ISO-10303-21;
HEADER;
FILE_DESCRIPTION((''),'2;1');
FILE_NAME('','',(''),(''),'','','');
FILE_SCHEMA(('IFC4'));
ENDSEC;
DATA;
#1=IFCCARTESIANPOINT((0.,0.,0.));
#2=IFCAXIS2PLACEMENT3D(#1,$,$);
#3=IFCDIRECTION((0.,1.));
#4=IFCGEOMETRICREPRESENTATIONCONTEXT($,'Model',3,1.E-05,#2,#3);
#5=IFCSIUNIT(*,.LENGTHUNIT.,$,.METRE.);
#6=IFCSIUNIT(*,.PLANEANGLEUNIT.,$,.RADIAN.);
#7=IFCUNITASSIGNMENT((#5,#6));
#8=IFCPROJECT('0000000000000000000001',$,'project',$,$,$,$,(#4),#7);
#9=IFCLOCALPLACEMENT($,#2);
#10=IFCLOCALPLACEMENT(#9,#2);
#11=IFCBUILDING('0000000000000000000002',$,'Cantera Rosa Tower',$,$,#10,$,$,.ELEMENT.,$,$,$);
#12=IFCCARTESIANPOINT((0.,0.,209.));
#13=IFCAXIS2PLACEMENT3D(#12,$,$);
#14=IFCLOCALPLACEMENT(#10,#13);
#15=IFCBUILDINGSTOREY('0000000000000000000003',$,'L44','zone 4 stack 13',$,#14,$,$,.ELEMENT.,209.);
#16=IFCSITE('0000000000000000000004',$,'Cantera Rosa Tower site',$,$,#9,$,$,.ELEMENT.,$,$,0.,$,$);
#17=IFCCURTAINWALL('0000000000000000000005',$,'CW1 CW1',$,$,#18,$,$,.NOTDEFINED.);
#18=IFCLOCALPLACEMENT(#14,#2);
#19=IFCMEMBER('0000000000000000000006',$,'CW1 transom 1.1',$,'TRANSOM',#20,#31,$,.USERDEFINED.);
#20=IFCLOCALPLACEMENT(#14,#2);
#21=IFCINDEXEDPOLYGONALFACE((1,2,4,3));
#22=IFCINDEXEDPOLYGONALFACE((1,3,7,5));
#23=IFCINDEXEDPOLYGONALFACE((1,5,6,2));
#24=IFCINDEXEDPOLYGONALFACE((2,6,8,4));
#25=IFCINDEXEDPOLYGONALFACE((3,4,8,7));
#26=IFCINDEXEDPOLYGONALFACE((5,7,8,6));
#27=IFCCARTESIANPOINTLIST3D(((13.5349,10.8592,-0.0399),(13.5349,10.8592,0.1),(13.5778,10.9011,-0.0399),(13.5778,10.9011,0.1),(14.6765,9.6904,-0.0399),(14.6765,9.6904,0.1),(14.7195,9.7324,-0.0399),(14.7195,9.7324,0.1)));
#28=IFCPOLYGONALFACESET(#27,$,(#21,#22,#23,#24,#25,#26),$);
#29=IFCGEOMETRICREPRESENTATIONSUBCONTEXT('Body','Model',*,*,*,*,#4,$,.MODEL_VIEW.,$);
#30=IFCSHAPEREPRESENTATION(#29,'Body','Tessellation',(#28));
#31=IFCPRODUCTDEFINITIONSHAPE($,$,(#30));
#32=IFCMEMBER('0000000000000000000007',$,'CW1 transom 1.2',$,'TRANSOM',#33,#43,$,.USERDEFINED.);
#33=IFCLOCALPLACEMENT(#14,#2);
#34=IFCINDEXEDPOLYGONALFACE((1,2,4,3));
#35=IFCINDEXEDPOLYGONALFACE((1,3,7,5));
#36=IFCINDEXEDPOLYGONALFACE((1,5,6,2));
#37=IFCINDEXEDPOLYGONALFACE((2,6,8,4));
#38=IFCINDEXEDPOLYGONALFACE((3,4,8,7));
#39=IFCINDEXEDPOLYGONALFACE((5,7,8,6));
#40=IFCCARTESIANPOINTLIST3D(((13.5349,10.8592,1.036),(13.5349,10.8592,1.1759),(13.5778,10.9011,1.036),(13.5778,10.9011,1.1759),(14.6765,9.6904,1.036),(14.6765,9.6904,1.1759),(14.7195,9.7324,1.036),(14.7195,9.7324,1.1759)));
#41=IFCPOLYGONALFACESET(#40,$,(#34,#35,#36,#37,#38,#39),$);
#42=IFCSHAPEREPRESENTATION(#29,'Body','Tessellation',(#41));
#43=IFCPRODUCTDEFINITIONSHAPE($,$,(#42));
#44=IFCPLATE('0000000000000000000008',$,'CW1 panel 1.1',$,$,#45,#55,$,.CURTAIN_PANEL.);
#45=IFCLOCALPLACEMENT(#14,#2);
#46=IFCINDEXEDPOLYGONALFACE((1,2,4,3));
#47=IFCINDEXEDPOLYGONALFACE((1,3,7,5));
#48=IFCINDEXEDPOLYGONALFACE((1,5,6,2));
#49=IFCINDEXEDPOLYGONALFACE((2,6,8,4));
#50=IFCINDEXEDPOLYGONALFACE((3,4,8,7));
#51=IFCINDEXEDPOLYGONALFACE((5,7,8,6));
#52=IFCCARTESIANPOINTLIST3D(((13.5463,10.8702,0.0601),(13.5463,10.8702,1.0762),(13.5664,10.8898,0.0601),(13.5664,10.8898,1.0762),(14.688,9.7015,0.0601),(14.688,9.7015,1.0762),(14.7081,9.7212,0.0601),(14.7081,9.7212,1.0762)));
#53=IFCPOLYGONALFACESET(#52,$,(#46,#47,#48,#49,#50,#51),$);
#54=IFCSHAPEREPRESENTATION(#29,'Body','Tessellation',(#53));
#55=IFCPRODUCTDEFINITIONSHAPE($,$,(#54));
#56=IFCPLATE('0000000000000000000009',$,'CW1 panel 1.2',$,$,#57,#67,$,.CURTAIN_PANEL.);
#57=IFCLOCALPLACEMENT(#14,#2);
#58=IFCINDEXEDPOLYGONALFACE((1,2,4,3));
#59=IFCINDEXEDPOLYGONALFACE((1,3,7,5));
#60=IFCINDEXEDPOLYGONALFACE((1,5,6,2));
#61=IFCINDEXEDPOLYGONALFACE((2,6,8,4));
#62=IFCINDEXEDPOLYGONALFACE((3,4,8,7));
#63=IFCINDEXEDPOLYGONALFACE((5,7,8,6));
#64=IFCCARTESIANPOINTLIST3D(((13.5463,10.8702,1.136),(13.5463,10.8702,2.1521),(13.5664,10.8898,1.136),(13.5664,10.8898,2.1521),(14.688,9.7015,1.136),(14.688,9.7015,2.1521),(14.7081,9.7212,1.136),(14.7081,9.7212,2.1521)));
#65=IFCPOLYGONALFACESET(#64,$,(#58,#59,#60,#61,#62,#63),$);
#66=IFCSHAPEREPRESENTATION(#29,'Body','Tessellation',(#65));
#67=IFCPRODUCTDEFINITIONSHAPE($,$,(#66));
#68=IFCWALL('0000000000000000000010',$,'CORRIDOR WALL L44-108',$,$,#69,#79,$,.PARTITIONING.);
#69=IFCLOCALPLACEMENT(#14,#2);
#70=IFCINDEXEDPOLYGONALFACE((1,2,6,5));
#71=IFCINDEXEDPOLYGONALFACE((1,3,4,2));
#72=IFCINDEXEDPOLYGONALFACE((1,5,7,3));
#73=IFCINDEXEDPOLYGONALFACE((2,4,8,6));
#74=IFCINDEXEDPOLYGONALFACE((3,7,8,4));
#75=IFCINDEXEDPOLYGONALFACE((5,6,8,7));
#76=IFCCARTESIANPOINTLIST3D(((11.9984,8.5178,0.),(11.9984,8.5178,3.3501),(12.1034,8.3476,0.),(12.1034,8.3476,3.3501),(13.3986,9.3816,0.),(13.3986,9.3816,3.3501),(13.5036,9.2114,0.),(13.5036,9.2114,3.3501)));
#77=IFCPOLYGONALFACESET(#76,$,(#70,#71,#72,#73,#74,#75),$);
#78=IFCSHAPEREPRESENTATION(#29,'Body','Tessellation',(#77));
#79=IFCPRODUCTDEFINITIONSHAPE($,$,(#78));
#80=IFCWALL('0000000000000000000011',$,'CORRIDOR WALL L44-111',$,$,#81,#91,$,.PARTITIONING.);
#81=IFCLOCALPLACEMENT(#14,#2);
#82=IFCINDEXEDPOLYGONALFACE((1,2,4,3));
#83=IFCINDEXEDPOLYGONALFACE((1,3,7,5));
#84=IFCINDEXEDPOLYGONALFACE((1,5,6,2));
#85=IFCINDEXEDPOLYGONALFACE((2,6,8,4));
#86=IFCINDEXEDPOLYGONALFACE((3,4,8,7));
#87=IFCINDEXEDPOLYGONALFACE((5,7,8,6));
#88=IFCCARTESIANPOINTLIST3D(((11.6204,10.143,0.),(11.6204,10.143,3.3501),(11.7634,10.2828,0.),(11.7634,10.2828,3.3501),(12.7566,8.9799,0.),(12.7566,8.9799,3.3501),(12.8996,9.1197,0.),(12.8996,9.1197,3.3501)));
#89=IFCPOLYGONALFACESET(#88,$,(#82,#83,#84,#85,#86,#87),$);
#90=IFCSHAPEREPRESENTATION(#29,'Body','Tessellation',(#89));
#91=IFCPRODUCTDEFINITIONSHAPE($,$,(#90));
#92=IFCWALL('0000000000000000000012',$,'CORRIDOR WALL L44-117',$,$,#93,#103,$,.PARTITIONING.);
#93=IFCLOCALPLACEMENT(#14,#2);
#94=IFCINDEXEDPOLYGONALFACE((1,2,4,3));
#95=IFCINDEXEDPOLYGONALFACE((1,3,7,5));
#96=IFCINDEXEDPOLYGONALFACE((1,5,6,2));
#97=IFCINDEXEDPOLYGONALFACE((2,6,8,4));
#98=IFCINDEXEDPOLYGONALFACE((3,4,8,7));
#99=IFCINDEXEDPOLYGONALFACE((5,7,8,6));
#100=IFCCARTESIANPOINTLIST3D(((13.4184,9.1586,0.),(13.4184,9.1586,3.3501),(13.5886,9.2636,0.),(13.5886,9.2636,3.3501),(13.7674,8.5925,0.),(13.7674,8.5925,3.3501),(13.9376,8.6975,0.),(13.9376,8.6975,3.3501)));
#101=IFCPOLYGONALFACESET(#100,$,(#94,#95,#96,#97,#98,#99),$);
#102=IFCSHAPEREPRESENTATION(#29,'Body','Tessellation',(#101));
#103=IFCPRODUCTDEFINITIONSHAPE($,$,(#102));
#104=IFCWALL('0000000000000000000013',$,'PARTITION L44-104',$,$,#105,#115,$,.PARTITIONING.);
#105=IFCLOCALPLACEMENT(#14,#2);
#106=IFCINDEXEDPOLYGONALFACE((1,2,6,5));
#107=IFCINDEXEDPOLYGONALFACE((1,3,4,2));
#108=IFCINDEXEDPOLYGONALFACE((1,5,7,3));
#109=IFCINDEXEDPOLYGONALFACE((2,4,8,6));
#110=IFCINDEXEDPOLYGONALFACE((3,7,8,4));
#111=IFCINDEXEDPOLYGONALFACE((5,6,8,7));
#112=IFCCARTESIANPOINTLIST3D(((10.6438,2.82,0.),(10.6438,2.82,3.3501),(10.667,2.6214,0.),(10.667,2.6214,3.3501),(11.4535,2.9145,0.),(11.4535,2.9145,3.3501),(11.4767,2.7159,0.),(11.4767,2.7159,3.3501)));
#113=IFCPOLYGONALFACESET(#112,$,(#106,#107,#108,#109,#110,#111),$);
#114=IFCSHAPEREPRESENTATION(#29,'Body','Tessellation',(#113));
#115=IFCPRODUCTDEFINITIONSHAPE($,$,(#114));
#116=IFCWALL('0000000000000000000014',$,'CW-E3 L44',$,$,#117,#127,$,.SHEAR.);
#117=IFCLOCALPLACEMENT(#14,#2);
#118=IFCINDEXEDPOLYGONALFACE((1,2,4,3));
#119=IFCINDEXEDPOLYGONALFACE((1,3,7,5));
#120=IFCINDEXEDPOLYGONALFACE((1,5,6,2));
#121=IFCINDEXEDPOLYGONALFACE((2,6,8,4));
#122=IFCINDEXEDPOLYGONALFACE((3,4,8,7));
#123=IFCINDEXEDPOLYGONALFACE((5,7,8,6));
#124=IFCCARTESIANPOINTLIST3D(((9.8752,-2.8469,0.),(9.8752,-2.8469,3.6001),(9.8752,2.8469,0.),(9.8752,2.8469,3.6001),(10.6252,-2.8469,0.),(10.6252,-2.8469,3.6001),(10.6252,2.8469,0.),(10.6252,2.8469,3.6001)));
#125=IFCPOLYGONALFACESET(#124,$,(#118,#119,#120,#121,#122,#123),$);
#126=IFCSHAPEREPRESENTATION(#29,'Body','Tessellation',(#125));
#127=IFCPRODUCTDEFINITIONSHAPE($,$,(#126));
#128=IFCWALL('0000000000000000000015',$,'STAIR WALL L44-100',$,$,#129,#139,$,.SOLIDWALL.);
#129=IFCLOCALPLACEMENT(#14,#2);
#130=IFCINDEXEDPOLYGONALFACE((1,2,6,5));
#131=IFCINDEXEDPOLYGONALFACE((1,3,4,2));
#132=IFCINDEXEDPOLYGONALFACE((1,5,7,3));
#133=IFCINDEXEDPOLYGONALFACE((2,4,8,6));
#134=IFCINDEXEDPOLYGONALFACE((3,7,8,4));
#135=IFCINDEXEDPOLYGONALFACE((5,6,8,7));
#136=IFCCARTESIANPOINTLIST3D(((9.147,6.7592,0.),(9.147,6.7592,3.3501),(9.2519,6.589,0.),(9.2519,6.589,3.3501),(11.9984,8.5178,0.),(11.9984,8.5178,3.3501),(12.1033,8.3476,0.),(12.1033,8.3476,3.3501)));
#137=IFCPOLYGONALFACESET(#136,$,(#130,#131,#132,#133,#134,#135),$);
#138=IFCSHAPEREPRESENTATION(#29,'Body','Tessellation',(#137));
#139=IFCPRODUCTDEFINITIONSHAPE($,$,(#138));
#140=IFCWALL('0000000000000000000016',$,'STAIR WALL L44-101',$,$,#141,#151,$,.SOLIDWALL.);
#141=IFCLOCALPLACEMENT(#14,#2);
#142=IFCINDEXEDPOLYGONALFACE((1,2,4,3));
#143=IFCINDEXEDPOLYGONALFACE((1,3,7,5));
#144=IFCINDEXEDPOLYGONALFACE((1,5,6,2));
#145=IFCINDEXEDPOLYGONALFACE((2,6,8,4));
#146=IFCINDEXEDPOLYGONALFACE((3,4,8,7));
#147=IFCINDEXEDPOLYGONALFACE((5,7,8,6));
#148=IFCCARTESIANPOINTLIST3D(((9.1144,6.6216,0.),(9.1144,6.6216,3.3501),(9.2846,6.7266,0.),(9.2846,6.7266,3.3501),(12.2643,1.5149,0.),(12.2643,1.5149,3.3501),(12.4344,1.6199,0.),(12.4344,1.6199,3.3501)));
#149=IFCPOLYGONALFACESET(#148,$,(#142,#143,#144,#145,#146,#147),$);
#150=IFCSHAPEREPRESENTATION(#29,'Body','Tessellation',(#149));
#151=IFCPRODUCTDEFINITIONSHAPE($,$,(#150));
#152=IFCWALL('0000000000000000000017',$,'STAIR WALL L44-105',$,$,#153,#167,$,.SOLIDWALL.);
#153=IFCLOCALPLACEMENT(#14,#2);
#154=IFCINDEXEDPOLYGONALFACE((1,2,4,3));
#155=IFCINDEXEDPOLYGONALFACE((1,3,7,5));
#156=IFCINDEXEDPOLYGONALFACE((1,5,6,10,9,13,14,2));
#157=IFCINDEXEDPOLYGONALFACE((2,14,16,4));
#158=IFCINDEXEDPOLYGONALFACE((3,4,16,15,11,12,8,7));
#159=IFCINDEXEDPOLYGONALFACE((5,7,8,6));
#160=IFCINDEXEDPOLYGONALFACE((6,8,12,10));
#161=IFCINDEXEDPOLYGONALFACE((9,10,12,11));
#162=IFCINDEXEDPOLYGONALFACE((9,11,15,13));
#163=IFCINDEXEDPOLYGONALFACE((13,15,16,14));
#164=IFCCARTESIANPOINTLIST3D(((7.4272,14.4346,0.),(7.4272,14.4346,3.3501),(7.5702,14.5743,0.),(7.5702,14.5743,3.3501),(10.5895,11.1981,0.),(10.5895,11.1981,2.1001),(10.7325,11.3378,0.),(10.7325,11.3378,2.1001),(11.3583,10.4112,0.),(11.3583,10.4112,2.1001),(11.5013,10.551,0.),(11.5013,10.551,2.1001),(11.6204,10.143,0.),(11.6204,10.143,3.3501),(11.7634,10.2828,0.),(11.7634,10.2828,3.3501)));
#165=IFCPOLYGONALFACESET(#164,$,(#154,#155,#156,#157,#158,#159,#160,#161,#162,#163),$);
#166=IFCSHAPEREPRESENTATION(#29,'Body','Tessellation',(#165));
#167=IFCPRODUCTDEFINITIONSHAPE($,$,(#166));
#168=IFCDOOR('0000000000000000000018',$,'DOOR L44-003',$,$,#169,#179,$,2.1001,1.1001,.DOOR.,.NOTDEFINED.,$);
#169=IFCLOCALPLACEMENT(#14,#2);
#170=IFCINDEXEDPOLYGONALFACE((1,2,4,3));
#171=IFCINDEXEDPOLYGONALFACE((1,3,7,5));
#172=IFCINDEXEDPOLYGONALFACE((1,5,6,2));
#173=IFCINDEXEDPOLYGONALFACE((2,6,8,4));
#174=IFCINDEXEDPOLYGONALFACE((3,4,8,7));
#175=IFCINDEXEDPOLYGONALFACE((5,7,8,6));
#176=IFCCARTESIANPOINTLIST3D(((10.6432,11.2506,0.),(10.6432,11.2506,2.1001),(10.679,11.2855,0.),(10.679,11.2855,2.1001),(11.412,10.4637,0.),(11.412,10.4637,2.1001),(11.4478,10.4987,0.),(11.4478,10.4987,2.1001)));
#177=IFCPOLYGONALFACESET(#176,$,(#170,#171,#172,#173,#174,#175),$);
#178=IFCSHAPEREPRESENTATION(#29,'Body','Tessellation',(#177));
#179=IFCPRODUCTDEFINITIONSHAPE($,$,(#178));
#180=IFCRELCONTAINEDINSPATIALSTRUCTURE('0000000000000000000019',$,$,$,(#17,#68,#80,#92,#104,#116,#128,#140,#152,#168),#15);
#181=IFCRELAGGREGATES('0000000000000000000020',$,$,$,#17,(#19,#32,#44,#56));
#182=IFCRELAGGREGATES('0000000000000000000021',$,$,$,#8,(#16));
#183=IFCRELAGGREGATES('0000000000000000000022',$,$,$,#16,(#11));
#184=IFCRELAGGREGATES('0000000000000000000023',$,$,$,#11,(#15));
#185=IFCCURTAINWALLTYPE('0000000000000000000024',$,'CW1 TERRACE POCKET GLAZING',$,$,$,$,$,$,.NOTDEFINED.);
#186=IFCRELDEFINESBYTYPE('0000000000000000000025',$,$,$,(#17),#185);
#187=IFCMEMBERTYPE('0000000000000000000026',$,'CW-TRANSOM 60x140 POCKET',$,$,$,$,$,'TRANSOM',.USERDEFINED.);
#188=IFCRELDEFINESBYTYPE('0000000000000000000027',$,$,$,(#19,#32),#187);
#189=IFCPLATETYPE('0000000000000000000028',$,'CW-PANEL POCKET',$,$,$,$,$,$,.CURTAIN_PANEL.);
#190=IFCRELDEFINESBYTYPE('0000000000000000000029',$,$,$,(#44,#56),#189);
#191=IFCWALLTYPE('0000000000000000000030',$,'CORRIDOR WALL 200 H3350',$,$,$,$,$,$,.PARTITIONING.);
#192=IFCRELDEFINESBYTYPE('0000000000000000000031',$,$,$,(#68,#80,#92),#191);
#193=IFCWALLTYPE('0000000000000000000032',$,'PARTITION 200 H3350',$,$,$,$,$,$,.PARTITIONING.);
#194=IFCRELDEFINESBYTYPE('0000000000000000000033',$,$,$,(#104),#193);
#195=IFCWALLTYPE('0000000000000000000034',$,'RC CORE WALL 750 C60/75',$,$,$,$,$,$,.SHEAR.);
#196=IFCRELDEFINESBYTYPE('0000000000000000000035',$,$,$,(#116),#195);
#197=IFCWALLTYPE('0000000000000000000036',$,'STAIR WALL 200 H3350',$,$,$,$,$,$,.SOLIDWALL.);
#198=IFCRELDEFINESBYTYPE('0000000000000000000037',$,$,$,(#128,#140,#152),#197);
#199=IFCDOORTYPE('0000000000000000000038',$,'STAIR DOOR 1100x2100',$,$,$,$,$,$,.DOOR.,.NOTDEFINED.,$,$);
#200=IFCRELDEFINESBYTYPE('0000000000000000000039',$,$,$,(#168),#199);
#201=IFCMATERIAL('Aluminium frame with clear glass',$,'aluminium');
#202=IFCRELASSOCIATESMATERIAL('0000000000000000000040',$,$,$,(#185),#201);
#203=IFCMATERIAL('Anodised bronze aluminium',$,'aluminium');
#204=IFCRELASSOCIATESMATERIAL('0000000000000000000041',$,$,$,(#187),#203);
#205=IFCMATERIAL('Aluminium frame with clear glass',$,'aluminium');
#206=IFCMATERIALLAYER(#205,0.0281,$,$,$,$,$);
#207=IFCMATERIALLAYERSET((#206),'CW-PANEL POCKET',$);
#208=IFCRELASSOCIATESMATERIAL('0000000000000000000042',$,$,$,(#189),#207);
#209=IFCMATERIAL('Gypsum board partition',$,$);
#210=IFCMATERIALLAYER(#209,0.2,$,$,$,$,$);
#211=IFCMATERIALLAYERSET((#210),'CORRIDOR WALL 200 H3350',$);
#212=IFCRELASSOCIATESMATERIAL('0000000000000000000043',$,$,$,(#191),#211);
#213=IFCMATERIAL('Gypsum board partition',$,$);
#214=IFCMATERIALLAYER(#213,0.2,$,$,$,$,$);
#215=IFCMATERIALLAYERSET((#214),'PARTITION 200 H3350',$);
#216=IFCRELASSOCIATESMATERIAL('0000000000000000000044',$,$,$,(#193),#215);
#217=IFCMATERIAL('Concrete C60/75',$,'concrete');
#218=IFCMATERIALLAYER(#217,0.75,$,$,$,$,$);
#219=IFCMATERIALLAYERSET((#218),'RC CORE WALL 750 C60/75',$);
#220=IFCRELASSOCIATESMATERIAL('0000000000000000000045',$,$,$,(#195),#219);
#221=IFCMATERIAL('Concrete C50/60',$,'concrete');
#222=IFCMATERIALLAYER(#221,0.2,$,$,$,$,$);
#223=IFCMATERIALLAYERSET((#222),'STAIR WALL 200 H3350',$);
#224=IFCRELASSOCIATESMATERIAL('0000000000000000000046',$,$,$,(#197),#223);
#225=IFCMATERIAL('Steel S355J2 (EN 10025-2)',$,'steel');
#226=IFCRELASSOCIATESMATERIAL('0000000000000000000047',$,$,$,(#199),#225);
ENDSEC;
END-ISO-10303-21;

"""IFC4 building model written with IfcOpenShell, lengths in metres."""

from ifc_helpers import new_model, si_unit, direction, frame, frame_2d, origin, origin_2d, place, context, subcontext, project, spatial, rectangle, extrude, material, layer, layer_set, material_profile, profile_set, type_object, element, fill, aggregate, save


model = new_model("IFC4")

# Units and contexts
model_context = context("Model", 3, precision=1e-05, world=origin(), true_north=direction((0.0, 1.0)))
body_context = subcontext(model_context, "Body", "Model", "MODEL_VIEW")
ifc_project = project(units=[si_unit("LENGTHUNIT", "METRE"), si_unit("PLANEANGLEUNIT", "RADIAN")], contexts=[model_context])

# Site, building, storey
site_placement = place(None, origin())
site = spatial("IfcSite", under=ifc_project, at=site_placement, Name="Cantera Rosa Tower site", CompositionType="ELEMENT", RefElevation=0.0)
building_placement = place(site_placement, origin())
building = spatial("IfcBuilding", under=site, at=building_placement, Name="Cantera Rosa Tower", CompositionType="ELEMENT")
storey_placement = place(building_placement, frame((0.0, 0.0, 209.0)))
storey = spatial("IfcBuildingStorey", under=building, at=storey_placement, Name="L44", Description="zone 4 stack 13", CompositionType="ELEMENT", Elevation=209.0)

# Curtain wall, members, plates
ifc_material_1 = material(Name="Aluminium frame with clear glass", Category="aluminium")
curtain_wall_type = type_object("IfcCurtainWallType", Name="CW1 TERRACE POCKET GLAZING", PredefinedType="NOTDEFINED", material=ifc_material_1)
curtain_wall_placement = place(storey_placement, origin())
curtain_wall = element("IfcCurtainWall", 1, at=curtain_wall_placement, inside=storey, type_object=curtain_wall_type, Name="CW1 CW1", PredefinedType="NOTDEFINED")
ifc_material_2 = material(Name="Anodised bronze aluminium", Category="aluminium")
ifc_material_profile = material_profile(ifc_material_2, rectangle(XDim=0.0601, YDim=0.1399, at=origin_2d()), Name="CW-TRANSOM 60x140 POCKET")
ifc_profile_set = profile_set([ifc_material_profile], Name="Anodised bronze aluminium")
member_type = type_object("IfcMemberType", Name="CW-TRANSOM 60x140 POCKET", ElementType="TRANSOM", PredefinedType="USERDEFINED", material=ifc_profile_set)
member_1_placement = place(storey_placement, frame((14.698, 9.7114, 0.03), z_axis=(-0.698764, 0.715352, 0.0), x_axis=(-0.715352, -0.698764, 0.0)))
member_1 = element("IfcMember", 2, at=member_1_placement, type_object=member_type, Name="CW1 transom 1.1", ObjectType="TRANSOM", PredefinedType="USERDEFINED", context=body_context, shape_type="SweptSolid", body=[
    extrude(rectangle(XDim=0.0601, YDim=0.1399, at=origin_2d()), origin(), (0.0, 0.0, 1.0), 1.6338),
])
member_2_placement = place(storey_placement, frame((14.698, 9.7114, 1.106), z_axis=(-0.698764, 0.715352, 0.0), x_axis=(-0.715352, -0.698764, 0.0)))
member_2 = element("IfcMember", 3, at=member_2_placement, type_object=member_type, Name="CW1 transom 1.2", ObjectType="TRANSOM", PredefinedType="USERDEFINED", context=body_context, shape_type="SweptSolid", body=[
    extrude(rectangle(XDim=0.0601, YDim=0.1399, at=origin_2d()), origin(), (0.0, 0.0, 1.0), 1.6338),
])
ifc_material_3 = material(Name="Aluminium frame with clear glass", Category="aluminium")
ifc_layer_1 = layer(ifc_material_3, 0.0281)
ifc_layer_set_1 = layer_set([ifc_layer_1], Name="CW-PANEL POCKET")
plate_type = type_object("IfcPlateType", Name="CW-PANEL POCKET", PredefinedType="CURTAIN_PANEL", material=ifc_layer_set_1)
plate_1_placement = place(storey_placement, frame((14.1272, 10.2957, 0.0601), z_axis=(0.0, 0.0, 1.0), x_axis=(-0.698832, 0.715286, 0.0)))
plate_1 = element("IfcPlate", 4, at=plate_1_placement, type_object=plate_type, Name="CW1 panel 1.1", PredefinedType="CURTAIN_PANEL", context=body_context, shape_type="SweptSolid", body=[
    extrude(rectangle(XDim=1.6338, YDim=0.0281, at=origin_2d()), origin(), (0.0, 0.0, 1.0), 1.0161),
])
plate_2_placement = place(storey_placement, frame((14.1272, 10.2957, 1.136), z_axis=(0.0, 0.0, 1.0), x_axis=(-0.698832, 0.715286, 0.0)))
plate_2 = element("IfcPlate", 5, at=plate_2_placement, type_object=plate_type, Name="CW1 panel 1.2", PredefinedType="CURTAIN_PANEL", context=body_context, shape_type="SweptSolid", body=[
    extrude(rectangle(XDim=1.6338, YDim=0.0281, at=origin_2d()), origin(), (0.0, 0.0, 1.0), 1.0161),
])
aggregate(curtain_wall, [member_1, member_2, plate_1, plate_2])

# Walls
ifc_material_4 = material(Name="Gypsum board partition")
ifc_layer_2 = layer(ifc_material_4, 0.2)
ifc_layer_set_2 = layer_set([ifc_layer_2], Name="CORRIDOR WALL 200 H3350")
wall_type_1 = type_object("IfcWallType", Name="CORRIDOR WALL 200 H3350", PredefinedType="PARTITIONING", material=ifc_layer_set_2)
wall_1_placement = place(storey_placement, frame((12.0508, 8.4326, 0.0), z_axis=(0.0, 0.0, 1.0), x_axis=(0.851077, 0.525041, 0.0)))
element("IfcWall", 6, at=wall_1_placement, inside=storey, type_object=wall_type_1, Name="CORRIDOR WALL L44-108", PredefinedType="PARTITIONING", context=body_context, shape_type="SweptSolid", body=[
    extrude(rectangle(XDim=1.6453, YDim=0.2, at=frame_2d((0.8228, 0.0))), origin(), (0.0, 0.0, 1.0), 3.3501),
])
wall_2_placement = place(storey_placement, frame((12.8281, 9.0498, 0.0), z_axis=(0.0, 0.0, 1.0), x_axis=(-0.6988, 0.715317, 0.0)))
element("IfcWall", 7, at=wall_2_placement, inside=storey, type_object=wall_type_1, Name="CORRIDOR WALL L44-111", PredefinedType="PARTITIONING", context=body_context, shape_type="SweptSolid", body=[
    extrude(rectangle(XDim=1.626, YDim=0.2, at=frame_2d((0.813, 0.0))), origin(), (0.0, 0.0, 1.0), 3.3501),
])
wall_3_placement = place(storey_placement, frame((13.8525, 8.645, 0.0), z_axis=(0.0, 0.0, 1.0), x_axis=(-0.524875, 0.851179, 0.0)))
element("IfcWall", 8, at=wall_3_placement, inside=storey, type_object=wall_type_1, Name="CORRIDOR WALL L44-117", PredefinedType="PARTITIONING", context=body_context, shape_type="SweptSolid", body=[
    extrude(rectangle(XDim=0.665, YDim=0.2, at=frame_2d((0.3325, 0.0))), origin(), (0.0, 0.0, 1.0), 3.3501),
])
ifc_material_5 = material(Name="Gypsum board partition")
ifc_layer_3 = layer(ifc_material_5, 0.2)
ifc_layer_set_3 = layer_set([ifc_layer_3], Name="PARTITION 200 H3350")
wall_type_2 = type_object("IfcWallType", Name="PARTITION 200 H3350", PredefinedType="PARTITIONING", material=ifc_layer_set_3)
wall_4_placement = place(storey_placement, frame((10.6553, 2.7207, 0.0), z_axis=(0.0, 0.0, 1.0), x_axis=(0.993259, 0.11592, 0.0)))
element("IfcWall", 9, at=wall_4_placement, inside=storey, type_object=wall_type_2, Name="PARTITION L44-104", PredefinedType="PARTITIONING", context=body_context, shape_type="SweptSolid", body=[
    extrude(rectangle(XDim=0.8152, YDim=0.2, at=frame_2d((0.4077, 0.0))), origin(), (0.0, 0.0, 1.0), 3.3501),
])
ifc_material_6 = material(Name="Concrete C60/75", Category="concrete")
ifc_layer_4 = layer(ifc_material_6, 0.75)
ifc_layer_set_4 = layer_set([ifc_layer_4], Name="RC CORE WALL 750 C60/75")
wall_type_3 = type_object("IfcWallType", Name="RC CORE WALL 750 C60/75", PredefinedType="SHEAR", material=ifc_layer_set_4)
wall_5_placement = place(storey_placement, frame((10.2502, 2.8469, 0.0), z_axis=(0.0, 0.0, 1.0), x_axis=(0.0, -1.0, 0.0)))
element("IfcWall", 10, at=wall_5_placement, inside=storey, type_object=wall_type_3, Name="CW-E3 L44", PredefinedType="SHEAR", context=body_context, shape_type="SweptSolid", body=[
    extrude(rectangle(XDim=5.6938, YDim=0.75, at=frame_2d((2.8469, 0.0))), origin(), (0.0, 0.0, 1.0), 3.6001),
])
ifc_material_7 = material(Name="Concrete C50/60", Category="concrete")
ifc_layer_5 = layer(ifc_material_7, 0.2)
ifc_layer_set_5 = layer_set([ifc_layer_5], Name="STAIR WALL 200 H3350")
wall_type_4 = type_object("IfcWallType", Name="STAIR WALL 200 H3350", PredefinedType="SOLIDWALL", material=ifc_layer_set_5)
wall_6_placement = place(storey_placement, frame((9.1995, 6.6741, 0.0), z_axis=(0.0, 0.0, 1.0), x_axis=(0.85114, 0.524939, 0.0)))
element("IfcWall", 11, at=wall_6_placement, inside=storey, type_object=wall_type_4, Name="STAIR WALL L44-100", PredefinedType="SOLIDWALL", context=body_context, shape_type="SweptSolid", body=[
    extrude(rectangle(XDim=3.3501, YDim=0.2, at=frame_2d((1.675, 0.0))), origin(), (0.0, 0.0, 1.0), 3.3501),
])
wall_7_placement = place(storey_placement, frame((9.1995, 6.6741, 0.0), z_axis=(0.0, 0.0, 1.0), x_axis=(0.524983, -0.851113, 0.0)))
element("IfcWall", 12, at=wall_7_placement, inside=storey, type_object=wall_type_4, Name="STAIR WALL L44-101", PredefinedType="SOLIDWALL", context=body_context, shape_type="SweptSolid", body=[
    extrude(rectangle(XDim=6.0, YDim=0.2, at=frame_2d((3.0, 0.0))), origin(), (0.0, 0.0, 1.0), 3.3501),
])

# Wall, opening, door
wall_8_placement = place(storey_placement, frame((11.6919, 10.2129, 0.0), z_axis=(0.0, 0.0, 1.0), x_axis=(-0.69886, 0.715258, 0.0)))
wall_8 = element("IfcWall", 13, at=wall_8_placement, inside=storey, type_object=wall_type_4, Name="STAIR WALL L44-105", PredefinedType="SOLIDWALL", context=body_context, shape_type="SweptSolid", body=[
    extrude(rectangle(XDim=6.0, YDim=0.2, at=frame_2d((3.0, 0.0))), origin(), (0.0, 0.0, 1.0), 3.3501),
])
opening_1_placement = place(wall_8_placement, frame((0.375, 0.0, 0.0)))
opening_1 = element("IfcOpeningElement", 14, at=opening_1_placement, cuts=wall_8, PredefinedType="OPENING", context=body_context, shape_type="SweptSolid", body=[
    extrude(rectangle(XDim=1.1001, YDim=2.1001, at=frame_2d((0.55, 1.05))), frame((0.0, 0.1099, 0.0), z_axis=(0.0, -1.0, 0.0), x_axis=(1.0, 0.0, 0.0)), (0.0, 0.0, 1.0), 0.22),
])
ifc_material_8 = material(Name="Steel S355J2 (EN 10025-2)", Category="steel")
door_type = type_object("IfcDoorType", Name="STAIR DOOR 1100x2100", OperationType="NOTDEFINED", PredefinedType="DOOR", material=ifc_material_8)
door_1_placement = place(opening_1_placement, origin())
door_1 = element("IfcDoor", 15, at=door_1_placement, inside=storey, type_object=door_type, Name="DOOR L44-003", OperationType="NOTDEFINED", OverallHeight=2.1001, OverallWidth=1.1001, PredefinedType="DOOR", context=body_context, shape_type="SweptSolid", body=[
    extrude(rectangle(XDim=1.1001, YDim=2.1001, at=frame_2d((0.55, 1.05))), frame((0.0, 0.0249, 0.0), z_axis=(0.0, -1.0, 0.0), x_axis=(1.0, 0.0, 0.0)), (0.0, 0.0, 1.0), 0.05),
])
fill(opening_1, door_1)

save(model, "model.ifc")
